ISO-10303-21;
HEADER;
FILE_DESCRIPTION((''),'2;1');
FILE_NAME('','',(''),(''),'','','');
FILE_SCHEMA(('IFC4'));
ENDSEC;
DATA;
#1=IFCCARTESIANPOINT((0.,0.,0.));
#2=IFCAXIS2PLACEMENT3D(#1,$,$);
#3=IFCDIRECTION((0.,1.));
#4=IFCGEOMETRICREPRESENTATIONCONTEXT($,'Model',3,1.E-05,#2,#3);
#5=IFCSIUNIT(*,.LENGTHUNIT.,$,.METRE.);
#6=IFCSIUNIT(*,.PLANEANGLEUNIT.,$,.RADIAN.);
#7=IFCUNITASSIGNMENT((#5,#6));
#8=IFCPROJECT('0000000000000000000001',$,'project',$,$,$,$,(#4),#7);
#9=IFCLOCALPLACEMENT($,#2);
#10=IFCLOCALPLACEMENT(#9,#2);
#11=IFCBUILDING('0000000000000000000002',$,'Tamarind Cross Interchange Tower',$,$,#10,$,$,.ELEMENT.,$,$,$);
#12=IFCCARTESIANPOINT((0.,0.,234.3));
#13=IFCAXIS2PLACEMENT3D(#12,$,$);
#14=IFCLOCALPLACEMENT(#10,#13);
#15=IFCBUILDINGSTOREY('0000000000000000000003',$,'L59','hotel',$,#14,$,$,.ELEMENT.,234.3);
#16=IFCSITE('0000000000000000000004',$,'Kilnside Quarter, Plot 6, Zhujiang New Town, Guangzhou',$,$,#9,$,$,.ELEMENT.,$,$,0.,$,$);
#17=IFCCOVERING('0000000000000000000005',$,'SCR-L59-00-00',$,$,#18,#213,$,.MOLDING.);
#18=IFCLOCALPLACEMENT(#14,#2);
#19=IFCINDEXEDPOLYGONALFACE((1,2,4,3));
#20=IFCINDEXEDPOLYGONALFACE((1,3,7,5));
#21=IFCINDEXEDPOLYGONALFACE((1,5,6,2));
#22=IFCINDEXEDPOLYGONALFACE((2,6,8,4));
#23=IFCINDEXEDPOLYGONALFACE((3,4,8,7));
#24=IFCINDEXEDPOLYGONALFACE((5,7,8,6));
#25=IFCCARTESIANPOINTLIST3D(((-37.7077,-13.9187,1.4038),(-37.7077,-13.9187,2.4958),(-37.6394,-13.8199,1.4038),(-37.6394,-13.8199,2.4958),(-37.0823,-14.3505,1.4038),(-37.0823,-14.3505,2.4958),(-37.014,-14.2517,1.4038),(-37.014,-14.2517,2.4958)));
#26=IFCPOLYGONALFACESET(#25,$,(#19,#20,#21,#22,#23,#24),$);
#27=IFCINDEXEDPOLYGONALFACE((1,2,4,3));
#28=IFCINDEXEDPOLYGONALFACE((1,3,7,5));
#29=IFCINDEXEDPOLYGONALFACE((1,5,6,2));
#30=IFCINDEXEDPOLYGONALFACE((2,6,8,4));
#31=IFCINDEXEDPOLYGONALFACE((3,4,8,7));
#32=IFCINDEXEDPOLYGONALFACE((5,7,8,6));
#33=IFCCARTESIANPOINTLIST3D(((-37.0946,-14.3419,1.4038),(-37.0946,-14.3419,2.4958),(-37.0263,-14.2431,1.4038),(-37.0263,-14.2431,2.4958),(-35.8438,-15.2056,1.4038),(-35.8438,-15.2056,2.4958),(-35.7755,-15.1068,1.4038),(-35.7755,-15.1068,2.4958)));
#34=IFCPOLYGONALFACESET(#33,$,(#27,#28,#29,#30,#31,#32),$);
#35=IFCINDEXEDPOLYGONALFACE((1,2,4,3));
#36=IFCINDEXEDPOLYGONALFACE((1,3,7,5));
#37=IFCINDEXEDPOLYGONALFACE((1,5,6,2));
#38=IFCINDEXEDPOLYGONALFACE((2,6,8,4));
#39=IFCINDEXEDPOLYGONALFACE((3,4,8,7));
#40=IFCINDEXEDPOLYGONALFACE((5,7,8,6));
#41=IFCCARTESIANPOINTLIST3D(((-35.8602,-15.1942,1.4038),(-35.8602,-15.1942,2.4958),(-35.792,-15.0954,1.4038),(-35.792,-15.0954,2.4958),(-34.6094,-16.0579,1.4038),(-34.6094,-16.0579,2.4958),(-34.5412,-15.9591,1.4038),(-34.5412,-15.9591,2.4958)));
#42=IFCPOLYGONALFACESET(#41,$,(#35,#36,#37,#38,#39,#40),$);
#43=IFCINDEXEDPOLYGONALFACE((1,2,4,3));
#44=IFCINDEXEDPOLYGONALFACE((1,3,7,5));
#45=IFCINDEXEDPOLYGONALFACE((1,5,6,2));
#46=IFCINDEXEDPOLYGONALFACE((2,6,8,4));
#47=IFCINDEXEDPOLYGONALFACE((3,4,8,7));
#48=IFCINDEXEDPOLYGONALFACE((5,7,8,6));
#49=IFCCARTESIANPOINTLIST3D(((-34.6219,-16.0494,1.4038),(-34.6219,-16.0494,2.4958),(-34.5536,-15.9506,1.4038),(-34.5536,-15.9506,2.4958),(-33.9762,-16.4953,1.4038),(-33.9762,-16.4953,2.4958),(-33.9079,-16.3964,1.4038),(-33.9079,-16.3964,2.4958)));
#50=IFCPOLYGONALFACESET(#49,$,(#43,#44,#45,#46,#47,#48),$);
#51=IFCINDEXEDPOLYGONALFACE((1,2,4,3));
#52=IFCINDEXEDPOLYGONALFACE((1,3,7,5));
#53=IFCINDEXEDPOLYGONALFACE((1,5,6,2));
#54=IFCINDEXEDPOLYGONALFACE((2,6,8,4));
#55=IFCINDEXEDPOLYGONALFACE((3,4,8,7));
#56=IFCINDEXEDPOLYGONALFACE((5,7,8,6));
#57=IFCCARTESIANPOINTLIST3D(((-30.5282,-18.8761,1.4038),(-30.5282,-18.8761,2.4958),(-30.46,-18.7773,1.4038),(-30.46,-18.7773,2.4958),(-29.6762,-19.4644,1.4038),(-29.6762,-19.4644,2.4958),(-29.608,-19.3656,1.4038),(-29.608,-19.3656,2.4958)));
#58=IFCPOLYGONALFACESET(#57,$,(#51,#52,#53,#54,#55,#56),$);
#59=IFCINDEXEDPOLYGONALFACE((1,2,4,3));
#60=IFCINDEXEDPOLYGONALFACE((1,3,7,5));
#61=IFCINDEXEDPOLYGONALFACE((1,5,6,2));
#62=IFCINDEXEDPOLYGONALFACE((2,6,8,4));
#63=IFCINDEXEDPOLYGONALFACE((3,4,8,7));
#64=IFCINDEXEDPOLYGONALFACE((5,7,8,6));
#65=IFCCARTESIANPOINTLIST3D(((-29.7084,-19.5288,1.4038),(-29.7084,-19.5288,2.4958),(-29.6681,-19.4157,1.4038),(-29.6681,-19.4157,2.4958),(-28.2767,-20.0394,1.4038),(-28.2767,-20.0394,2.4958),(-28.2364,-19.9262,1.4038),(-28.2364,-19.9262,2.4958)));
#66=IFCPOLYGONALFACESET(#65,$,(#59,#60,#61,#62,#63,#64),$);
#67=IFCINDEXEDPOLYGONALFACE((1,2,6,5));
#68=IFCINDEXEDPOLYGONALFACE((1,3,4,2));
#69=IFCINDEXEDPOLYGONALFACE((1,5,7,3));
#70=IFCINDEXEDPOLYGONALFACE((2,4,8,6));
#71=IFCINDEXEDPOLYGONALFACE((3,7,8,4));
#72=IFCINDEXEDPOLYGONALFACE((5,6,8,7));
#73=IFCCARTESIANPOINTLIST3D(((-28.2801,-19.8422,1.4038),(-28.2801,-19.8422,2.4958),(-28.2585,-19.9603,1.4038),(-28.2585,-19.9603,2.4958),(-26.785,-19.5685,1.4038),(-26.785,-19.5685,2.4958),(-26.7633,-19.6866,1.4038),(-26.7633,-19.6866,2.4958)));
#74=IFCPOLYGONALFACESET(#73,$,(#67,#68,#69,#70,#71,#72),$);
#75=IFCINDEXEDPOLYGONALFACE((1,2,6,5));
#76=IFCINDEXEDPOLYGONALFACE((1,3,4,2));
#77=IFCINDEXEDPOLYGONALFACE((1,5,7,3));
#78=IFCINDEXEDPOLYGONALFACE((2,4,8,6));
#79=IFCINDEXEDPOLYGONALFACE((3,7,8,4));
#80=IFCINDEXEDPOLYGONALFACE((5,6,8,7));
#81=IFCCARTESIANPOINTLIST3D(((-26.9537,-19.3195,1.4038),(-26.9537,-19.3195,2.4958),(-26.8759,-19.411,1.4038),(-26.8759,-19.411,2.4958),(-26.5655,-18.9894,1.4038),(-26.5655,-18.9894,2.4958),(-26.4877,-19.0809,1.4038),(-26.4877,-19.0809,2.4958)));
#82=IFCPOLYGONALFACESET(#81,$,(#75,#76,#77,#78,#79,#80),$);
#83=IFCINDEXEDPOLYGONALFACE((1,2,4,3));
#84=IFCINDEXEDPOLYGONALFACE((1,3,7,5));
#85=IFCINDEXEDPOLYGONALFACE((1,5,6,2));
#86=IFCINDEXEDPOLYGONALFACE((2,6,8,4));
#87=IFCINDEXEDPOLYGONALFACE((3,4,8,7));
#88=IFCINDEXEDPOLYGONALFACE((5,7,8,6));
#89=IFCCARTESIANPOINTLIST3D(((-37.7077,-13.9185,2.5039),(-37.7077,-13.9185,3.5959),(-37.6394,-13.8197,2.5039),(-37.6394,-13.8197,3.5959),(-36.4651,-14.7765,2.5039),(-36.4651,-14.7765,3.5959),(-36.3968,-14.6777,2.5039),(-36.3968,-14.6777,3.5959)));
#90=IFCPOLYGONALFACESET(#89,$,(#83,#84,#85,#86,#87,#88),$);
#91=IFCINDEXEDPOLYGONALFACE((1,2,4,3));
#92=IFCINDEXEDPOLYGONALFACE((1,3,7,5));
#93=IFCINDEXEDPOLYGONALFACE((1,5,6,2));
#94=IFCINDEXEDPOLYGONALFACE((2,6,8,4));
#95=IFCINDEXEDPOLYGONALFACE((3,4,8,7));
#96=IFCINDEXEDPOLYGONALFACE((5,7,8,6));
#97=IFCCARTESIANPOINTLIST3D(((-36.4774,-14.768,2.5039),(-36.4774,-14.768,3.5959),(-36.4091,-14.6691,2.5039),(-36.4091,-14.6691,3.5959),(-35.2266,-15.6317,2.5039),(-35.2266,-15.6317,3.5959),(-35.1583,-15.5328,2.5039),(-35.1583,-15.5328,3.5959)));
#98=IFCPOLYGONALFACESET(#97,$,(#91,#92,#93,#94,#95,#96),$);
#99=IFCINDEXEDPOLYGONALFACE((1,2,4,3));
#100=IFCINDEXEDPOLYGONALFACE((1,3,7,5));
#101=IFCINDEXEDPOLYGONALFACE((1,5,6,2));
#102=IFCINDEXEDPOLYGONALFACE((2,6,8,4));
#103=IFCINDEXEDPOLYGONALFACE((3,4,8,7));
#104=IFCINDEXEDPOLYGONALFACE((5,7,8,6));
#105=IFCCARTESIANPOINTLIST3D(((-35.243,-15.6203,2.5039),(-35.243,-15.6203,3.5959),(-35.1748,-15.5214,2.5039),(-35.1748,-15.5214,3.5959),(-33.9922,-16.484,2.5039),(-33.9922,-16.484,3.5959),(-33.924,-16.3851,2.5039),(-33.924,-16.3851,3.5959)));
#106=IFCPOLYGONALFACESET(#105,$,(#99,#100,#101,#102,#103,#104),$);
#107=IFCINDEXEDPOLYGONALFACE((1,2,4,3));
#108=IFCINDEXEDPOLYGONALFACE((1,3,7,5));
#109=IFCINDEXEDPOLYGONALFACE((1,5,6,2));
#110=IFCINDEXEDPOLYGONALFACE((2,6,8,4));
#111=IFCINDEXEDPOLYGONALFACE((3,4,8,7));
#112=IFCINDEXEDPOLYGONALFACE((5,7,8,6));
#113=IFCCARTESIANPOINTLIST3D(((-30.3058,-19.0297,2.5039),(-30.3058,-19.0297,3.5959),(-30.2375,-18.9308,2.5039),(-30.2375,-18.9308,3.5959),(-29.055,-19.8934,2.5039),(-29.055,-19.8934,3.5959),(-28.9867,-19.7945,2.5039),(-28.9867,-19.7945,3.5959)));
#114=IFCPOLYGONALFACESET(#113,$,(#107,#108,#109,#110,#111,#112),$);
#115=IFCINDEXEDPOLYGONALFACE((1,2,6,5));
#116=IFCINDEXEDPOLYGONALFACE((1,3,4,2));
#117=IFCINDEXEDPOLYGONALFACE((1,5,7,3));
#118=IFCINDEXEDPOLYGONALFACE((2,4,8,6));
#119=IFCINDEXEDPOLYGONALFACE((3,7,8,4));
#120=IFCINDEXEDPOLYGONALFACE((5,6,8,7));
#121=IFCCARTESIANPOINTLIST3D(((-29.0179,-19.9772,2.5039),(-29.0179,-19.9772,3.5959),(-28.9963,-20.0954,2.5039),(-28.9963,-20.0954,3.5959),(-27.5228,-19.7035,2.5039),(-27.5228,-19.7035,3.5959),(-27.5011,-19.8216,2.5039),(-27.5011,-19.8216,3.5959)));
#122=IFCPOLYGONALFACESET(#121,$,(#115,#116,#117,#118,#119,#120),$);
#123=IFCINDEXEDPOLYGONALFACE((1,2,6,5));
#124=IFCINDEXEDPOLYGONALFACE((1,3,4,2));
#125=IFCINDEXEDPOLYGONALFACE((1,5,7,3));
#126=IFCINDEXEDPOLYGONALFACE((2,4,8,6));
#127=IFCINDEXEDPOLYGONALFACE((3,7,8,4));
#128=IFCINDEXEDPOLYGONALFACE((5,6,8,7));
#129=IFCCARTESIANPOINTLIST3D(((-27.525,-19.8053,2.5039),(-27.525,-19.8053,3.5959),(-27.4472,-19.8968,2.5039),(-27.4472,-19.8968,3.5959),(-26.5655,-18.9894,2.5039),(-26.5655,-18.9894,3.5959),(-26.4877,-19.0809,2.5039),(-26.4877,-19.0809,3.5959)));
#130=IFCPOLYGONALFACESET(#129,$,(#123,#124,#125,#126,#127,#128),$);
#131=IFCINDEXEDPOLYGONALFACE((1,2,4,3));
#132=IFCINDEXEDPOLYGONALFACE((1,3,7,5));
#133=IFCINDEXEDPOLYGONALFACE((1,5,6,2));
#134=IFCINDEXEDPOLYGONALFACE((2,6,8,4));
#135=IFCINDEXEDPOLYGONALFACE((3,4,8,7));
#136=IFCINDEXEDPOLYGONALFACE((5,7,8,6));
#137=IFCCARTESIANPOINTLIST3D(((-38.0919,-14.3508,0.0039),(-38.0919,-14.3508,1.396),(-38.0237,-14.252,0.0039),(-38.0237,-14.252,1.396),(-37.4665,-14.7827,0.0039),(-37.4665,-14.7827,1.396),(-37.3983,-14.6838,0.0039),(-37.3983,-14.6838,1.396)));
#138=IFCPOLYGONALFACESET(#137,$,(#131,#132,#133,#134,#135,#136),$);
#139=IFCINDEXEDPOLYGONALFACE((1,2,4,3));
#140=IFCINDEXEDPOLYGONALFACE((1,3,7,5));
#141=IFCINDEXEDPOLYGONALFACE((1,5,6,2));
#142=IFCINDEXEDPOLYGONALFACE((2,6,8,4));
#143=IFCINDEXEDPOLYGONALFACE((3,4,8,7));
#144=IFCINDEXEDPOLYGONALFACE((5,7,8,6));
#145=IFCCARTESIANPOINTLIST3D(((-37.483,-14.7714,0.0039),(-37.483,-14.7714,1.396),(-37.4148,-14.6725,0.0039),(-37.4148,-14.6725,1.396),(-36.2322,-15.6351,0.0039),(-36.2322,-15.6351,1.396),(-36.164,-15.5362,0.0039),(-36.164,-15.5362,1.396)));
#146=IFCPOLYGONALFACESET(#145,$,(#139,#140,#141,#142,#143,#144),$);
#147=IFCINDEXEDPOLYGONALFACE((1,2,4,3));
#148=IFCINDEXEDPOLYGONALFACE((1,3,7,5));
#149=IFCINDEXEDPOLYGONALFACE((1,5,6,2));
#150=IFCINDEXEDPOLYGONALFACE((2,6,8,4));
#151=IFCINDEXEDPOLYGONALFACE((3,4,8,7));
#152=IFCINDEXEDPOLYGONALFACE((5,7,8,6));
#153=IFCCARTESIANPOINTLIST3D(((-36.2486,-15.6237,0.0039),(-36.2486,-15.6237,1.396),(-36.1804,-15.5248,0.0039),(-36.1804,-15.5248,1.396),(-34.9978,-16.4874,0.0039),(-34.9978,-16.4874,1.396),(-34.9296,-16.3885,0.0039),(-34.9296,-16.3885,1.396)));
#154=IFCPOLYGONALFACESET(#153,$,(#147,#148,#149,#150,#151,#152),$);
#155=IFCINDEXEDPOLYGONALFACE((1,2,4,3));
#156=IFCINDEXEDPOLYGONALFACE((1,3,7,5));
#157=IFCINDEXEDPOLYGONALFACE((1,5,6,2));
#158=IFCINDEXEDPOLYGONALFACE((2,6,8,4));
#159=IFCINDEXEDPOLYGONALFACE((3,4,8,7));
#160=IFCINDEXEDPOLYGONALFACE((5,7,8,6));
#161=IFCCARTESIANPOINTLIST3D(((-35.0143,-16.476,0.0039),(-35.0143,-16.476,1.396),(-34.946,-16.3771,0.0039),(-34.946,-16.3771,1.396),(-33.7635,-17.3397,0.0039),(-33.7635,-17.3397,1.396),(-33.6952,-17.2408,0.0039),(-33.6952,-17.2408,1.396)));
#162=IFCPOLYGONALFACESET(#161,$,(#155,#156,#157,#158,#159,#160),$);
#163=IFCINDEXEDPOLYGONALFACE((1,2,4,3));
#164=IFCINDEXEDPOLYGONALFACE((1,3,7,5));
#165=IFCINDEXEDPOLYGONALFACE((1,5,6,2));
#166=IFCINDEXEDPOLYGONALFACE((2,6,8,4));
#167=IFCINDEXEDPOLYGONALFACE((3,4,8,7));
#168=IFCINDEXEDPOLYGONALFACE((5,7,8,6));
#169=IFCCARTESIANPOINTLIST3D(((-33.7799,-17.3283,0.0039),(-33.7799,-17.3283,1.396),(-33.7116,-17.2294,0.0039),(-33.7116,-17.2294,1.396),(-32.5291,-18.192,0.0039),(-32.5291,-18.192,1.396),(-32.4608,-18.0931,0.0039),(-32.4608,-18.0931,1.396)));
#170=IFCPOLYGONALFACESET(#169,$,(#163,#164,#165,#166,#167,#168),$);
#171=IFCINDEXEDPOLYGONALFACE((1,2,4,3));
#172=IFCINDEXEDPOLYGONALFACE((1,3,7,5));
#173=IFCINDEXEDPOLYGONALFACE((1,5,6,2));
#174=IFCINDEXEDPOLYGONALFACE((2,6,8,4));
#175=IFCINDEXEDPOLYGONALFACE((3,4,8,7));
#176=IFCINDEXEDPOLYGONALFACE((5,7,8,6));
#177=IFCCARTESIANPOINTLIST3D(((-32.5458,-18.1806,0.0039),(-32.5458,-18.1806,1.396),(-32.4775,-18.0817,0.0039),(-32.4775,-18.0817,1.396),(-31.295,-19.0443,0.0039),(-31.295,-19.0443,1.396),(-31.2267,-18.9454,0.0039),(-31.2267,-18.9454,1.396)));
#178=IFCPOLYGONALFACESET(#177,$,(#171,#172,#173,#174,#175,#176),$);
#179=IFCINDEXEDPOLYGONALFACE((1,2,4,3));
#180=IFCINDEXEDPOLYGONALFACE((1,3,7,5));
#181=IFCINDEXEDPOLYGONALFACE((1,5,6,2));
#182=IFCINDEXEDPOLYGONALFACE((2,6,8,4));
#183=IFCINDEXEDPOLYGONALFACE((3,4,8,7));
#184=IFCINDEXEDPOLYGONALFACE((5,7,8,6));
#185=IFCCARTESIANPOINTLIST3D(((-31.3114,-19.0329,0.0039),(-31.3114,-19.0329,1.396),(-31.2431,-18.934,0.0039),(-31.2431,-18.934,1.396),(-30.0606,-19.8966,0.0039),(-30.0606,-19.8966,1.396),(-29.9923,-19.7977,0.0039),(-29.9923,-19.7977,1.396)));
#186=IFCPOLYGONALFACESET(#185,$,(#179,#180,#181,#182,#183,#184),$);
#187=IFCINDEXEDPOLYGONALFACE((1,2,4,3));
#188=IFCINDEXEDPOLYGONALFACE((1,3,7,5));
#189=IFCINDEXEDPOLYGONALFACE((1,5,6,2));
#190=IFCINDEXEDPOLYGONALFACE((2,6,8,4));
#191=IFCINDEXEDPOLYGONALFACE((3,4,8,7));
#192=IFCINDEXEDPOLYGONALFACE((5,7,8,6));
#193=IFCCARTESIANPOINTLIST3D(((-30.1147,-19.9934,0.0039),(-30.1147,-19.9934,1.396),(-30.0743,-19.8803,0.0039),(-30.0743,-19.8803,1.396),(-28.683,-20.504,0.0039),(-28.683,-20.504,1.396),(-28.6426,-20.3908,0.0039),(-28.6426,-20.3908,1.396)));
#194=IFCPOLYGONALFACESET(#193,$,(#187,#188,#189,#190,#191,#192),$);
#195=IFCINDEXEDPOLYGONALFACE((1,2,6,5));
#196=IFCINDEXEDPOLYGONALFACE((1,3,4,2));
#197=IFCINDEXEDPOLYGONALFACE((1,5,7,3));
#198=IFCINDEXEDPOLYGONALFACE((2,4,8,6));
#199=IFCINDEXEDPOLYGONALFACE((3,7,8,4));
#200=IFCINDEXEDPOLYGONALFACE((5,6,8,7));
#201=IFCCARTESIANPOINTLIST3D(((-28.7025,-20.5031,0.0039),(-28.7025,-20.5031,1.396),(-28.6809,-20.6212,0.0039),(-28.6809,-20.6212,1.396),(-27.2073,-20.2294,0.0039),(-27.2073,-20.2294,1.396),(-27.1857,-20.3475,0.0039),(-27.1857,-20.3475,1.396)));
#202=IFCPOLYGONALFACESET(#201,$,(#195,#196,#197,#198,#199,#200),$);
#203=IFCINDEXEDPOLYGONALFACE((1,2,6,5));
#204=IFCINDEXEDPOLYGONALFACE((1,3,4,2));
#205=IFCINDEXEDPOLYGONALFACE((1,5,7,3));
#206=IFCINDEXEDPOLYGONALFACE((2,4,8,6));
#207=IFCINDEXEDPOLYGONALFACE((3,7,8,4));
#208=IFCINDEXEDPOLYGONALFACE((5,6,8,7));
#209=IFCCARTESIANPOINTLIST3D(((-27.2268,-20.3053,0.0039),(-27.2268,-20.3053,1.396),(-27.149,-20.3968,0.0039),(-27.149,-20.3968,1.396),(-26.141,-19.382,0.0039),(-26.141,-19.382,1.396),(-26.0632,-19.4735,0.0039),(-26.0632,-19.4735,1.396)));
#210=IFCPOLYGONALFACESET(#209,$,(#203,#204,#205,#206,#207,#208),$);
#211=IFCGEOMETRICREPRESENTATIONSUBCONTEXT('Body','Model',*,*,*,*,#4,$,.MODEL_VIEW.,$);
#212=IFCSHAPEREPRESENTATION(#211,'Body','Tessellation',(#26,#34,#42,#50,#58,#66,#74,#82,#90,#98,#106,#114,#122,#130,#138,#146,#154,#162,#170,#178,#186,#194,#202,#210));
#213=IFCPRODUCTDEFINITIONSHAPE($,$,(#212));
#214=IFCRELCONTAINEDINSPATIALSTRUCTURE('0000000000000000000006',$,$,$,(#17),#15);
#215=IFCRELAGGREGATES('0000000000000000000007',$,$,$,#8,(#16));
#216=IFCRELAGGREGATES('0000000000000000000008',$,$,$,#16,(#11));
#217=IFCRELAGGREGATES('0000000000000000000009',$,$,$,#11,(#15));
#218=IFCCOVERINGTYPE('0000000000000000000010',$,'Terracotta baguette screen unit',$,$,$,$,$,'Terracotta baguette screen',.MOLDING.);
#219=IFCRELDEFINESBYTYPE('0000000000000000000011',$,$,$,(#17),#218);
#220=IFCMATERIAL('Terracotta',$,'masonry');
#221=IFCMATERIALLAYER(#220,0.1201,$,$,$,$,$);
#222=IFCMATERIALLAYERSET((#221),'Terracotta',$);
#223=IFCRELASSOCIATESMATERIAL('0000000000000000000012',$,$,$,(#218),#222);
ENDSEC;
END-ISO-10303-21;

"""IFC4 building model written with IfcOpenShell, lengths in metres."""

from ifc_helpers import new_model, si_unit, direction, frame, origin, origin_2d, place, context, subcontext, project, spatial, rectangle, extrude, material, layer, layer_set, type_object, element, save


model = new_model("IFC4")

# Units and contexts
model_context = context("Model", 3, precision=1e-05, world=origin(), true_north=direction((0.0, 1.0)))
body_context = subcontext(model_context, "Body", "Model", "MODEL_VIEW")
ifc_project = project(units=[si_unit("LENGTHUNIT", "METRE"), si_unit("PLANEANGLEUNIT", "RADIAN")], contexts=[model_context])

# Site, building, storey
site_placement = place(None, origin())
site = spatial("IfcSite", under=ifc_project, at=site_placement, Name="Kilnside Quarter, Plot 6, Zhujiang New Town, Guangzhou", CompositionType="ELEMENT", RefElevation=0.0)
building_placement = place(site_placement, origin())
building = spatial("IfcBuilding", under=site, at=building_placement, Name="Tamarind Cross Interchange Tower", CompositionType="ELEMENT")
storey_placement = place(building_placement, frame((0.0, 0.0, 234.3)))
storey = spatial("IfcBuildingStorey", under=building, at=storey_placement, Name="L59", Description="hotel", CompositionType="ELEMENT", Elevation=234.3)

# Covering
ifc_material_1 = material(Name="Terracotta", Category="masonry")
ifc_layer_1 = layer(ifc_material_1, 0.1201)
ifc_layer_set_1 = layer_set([ifc_layer_1], Name="Terracotta")
covering_type = type_object("IfcCoveringType", Name="Terracotta baguette screen unit", ElementType="Terracotta baguette screen", PredefinedType="MOLDING", material=ifc_layer_set_1)
covering_1_placement = place(storey_placement, origin())
element("IfcCovering", 1, at=covering_1_placement, inside=storey, type_object=covering_type, Name="SCR-L59-00-00", PredefinedType="MOLDING", context=body_context, shape_type="SweptSolid", body=[
    extrude(rectangle(XDim=0.76, YDim=0.1201, at=origin_2d()), frame((-37.3608, -14.0852, 1.4038), z_axis=(0.0, 0.0, 1.0), x_axis=(0.822883, -0.568211, 0.0)), (0.0, 0.0, 1.0), 1.092),
    extrude(rectangle(XDim=1.52, YDim=0.1201, at=origin_2d()), frame((-36.4351, -14.7244, 1.4038), z_axis=(0.0, 0.0, 1.0), x_axis=(0.822883, -0.568211, 0.0)), (0.0, 0.0, 1.0), 1.092),
    extrude(rectangle(XDim=1.52, YDim=0.1201, at=origin_2d()), frame((-35.2007, -15.5767, 1.4038), z_axis=(0.0, 0.0, 1.0), x_axis=(0.822883, -0.568211, 0.0)), (0.0, 0.0, 1.0), 1.092),
    extrude(rectangle(XDim=0.7847, YDim=0.1201, at=origin_2d()), frame((-34.2649, -16.2229, 1.4038), z_axis=(0.0, 0.0, 1.0), x_axis=(0.822883, -0.568211, 0.0)), (0.0, 0.0, 1.0), 1.092),
    extrude(rectangle(XDim=1.0354, YDim=0.1201, at=origin_2d()), frame((-30.0681, -19.1208, 1.4038), z_axis=(0.0, 0.0, 1.0), x_axis=(0.822883, -0.568211, 0.0)), (0.0, 0.0, 1.0), 1.092),
    extrude(rectangle(XDim=1.52, YDim=0.1201, at=origin_2d()), frame((-28.9724, -19.7275, 1.4038), z_axis=(0.0, 0.0, 1.0), x_axis=(0.941907, -0.335872, 0.0)), (0.0, 0.0, 1.0), 1.092),
    extrude(rectangle(XDim=1.52, YDim=0.1201, at=origin_2d()), frame((-27.5217, -19.7644, 1.4038), z_axis=(0.0, 0.0, 1.0), x_axis=(0.983652, 0.18008, 0.0)), (0.0, 0.0, 1.0), 1.092),
    extrude(rectangle(XDim=0.5095, YDim=0.1201, at=origin_2d()), frame((-26.7207, -19.2002, 1.4038), z_axis=(0.0, 0.0, 1.0), x_axis=(0.761828, 0.64778, 0.0)), (0.0, 0.0, 1.0), 1.092),
    extrude(rectangle(XDim=1.51, YDim=0.1201, at=origin_2d()), frame((-37.0522, -14.2981, 2.5039), z_axis=(0.0, 0.0, 1.0), x_axis=(0.822883, -0.568211, 0.0)), (0.0, 0.0, 1.0), 1.092),
    extrude(rectangle(XDim=1.52, YDim=0.1201, at=origin_2d()), frame((-35.8179, -15.1504, 2.5039), z_axis=(0.0, 0.0, 1.0), x_axis=(0.822883, -0.568211, 0.0)), (0.0, 0.0, 1.0), 1.092),
    extrude(rectangle(XDim=1.52, YDim=0.1201, at=origin_2d()), frame((-34.5835, -16.0027, 2.5039), z_axis=(0.0, 0.0, 1.0), x_axis=(0.822883, -0.568211, 0.0)), (0.0, 0.0, 1.0), 1.092),
    extrude(rectangle(XDim=1.52, YDim=0.1201, at=origin_2d()), frame((-29.6462, -19.4121, 2.5039), z_axis=(0.0, 0.0, 1.0), x_axis=(0.822883, -0.568211, 0.0)), (0.0, 0.0, 1.0), 1.092),
    extrude(rectangle(XDim=1.52, YDim=0.1201, at=origin_2d()), frame((-28.2595, -19.8994, 2.5039), z_axis=(0.0, 0.0, 1.0), x_axis=(0.983652, 0.18008, 0.0)), (0.0, 0.0, 1.0), 1.092),
    extrude(rectangle(XDim=1.2595, YDim=0.1201, at=origin_2d()), frame((-27.0063, -19.4431, 2.5039), z_axis=(0.0, 0.0, 1.0), x_axis=(0.761828, 0.64778, 0.0)), (0.0, 0.0, 1.0), 1.092),
    extrude(rectangle(XDim=0.76, YDim=0.1201, at=origin_2d()), frame((-37.7451, -14.5173, 0.0039), z_axis=(0.0, 0.0, 1.0), x_axis=(0.822883, -0.568211, 0.0)), (0.0, 0.0, 1.0), 1.3921),
    extrude(rectangle(XDim=1.52, YDim=0.1201, at=origin_2d()), frame((-36.8235, -15.1538, 0.0039), z_axis=(0.0, 0.0, 1.0), x_axis=(0.822883, -0.568211, 0.0)), (0.0, 0.0, 1.0), 1.3921),
    extrude(rectangle(XDim=1.52, YDim=0.1201, at=origin_2d()), frame((-35.5891, -16.0061, 0.0039), z_axis=(0.0, 0.0, 1.0), x_axis=(0.822883, -0.568211, 0.0)), (0.0, 0.0, 1.0), 1.3921),
    extrude(rectangle(XDim=1.52, YDim=0.1201, at=origin_2d()), frame((-34.3547, -16.8584, 0.0039), z_axis=(0.0, 0.0, 1.0), x_axis=(0.822883, -0.568211, 0.0)), (0.0, 0.0, 1.0), 1.3921),
    extrude(rectangle(XDim=1.52, YDim=0.1201, at=origin_2d()), frame((-33.1204, -17.7107, 0.0039), z_axis=(0.0, 0.0, 1.0), x_axis=(0.822883, -0.568211, 0.0)), (0.0, 0.0, 1.0), 1.3921),
    extrude(rectangle(XDim=1.52, YDim=0.1201, at=origin_2d()), frame((-31.8862, -18.563, 0.0039), z_axis=(0.0, 0.0, 1.0), x_axis=(0.822883, -0.568211, 0.0)), (0.0, 0.0, 1.0), 1.3921),
    extrude(rectangle(XDim=1.52, YDim=0.1201, at=origin_2d()), frame((-30.6519, -19.4153, 0.0039), z_axis=(0.0, 0.0, 1.0), x_axis=(0.822883, -0.568211, 0.0)), (0.0, 0.0, 1.0), 1.3921),
    extrude(rectangle(XDim=1.52, YDim=0.1201, at=origin_2d()), frame((-29.3787, -20.1921, 0.0039), z_axis=(0.0, 0.0, 1.0), x_axis=(0.941907, -0.335872, 0.0)), (0.0, 0.0, 1.0), 1.3921),
    extrude(rectangle(XDim=1.52, YDim=0.1201, at=origin_2d()), frame((-27.9441, -20.4253, 0.0039), z_axis=(0.0, 0.0, 1.0), x_axis=(0.983652, 0.18008, 0.0)), (0.0, 0.0, 1.0), 1.3921),
    extrude(rectangle(XDim=1.4253, YDim=0.1201, at=origin_2d()), frame((-26.645, -19.8894, 0.0039), z_axis=(0.0, 0.0, 1.0), x_axis=(0.761828, 0.64778, 0.0)), (0.0, 0.0, 1.0), 1.3921),
])

save(model, "model.ifc")
